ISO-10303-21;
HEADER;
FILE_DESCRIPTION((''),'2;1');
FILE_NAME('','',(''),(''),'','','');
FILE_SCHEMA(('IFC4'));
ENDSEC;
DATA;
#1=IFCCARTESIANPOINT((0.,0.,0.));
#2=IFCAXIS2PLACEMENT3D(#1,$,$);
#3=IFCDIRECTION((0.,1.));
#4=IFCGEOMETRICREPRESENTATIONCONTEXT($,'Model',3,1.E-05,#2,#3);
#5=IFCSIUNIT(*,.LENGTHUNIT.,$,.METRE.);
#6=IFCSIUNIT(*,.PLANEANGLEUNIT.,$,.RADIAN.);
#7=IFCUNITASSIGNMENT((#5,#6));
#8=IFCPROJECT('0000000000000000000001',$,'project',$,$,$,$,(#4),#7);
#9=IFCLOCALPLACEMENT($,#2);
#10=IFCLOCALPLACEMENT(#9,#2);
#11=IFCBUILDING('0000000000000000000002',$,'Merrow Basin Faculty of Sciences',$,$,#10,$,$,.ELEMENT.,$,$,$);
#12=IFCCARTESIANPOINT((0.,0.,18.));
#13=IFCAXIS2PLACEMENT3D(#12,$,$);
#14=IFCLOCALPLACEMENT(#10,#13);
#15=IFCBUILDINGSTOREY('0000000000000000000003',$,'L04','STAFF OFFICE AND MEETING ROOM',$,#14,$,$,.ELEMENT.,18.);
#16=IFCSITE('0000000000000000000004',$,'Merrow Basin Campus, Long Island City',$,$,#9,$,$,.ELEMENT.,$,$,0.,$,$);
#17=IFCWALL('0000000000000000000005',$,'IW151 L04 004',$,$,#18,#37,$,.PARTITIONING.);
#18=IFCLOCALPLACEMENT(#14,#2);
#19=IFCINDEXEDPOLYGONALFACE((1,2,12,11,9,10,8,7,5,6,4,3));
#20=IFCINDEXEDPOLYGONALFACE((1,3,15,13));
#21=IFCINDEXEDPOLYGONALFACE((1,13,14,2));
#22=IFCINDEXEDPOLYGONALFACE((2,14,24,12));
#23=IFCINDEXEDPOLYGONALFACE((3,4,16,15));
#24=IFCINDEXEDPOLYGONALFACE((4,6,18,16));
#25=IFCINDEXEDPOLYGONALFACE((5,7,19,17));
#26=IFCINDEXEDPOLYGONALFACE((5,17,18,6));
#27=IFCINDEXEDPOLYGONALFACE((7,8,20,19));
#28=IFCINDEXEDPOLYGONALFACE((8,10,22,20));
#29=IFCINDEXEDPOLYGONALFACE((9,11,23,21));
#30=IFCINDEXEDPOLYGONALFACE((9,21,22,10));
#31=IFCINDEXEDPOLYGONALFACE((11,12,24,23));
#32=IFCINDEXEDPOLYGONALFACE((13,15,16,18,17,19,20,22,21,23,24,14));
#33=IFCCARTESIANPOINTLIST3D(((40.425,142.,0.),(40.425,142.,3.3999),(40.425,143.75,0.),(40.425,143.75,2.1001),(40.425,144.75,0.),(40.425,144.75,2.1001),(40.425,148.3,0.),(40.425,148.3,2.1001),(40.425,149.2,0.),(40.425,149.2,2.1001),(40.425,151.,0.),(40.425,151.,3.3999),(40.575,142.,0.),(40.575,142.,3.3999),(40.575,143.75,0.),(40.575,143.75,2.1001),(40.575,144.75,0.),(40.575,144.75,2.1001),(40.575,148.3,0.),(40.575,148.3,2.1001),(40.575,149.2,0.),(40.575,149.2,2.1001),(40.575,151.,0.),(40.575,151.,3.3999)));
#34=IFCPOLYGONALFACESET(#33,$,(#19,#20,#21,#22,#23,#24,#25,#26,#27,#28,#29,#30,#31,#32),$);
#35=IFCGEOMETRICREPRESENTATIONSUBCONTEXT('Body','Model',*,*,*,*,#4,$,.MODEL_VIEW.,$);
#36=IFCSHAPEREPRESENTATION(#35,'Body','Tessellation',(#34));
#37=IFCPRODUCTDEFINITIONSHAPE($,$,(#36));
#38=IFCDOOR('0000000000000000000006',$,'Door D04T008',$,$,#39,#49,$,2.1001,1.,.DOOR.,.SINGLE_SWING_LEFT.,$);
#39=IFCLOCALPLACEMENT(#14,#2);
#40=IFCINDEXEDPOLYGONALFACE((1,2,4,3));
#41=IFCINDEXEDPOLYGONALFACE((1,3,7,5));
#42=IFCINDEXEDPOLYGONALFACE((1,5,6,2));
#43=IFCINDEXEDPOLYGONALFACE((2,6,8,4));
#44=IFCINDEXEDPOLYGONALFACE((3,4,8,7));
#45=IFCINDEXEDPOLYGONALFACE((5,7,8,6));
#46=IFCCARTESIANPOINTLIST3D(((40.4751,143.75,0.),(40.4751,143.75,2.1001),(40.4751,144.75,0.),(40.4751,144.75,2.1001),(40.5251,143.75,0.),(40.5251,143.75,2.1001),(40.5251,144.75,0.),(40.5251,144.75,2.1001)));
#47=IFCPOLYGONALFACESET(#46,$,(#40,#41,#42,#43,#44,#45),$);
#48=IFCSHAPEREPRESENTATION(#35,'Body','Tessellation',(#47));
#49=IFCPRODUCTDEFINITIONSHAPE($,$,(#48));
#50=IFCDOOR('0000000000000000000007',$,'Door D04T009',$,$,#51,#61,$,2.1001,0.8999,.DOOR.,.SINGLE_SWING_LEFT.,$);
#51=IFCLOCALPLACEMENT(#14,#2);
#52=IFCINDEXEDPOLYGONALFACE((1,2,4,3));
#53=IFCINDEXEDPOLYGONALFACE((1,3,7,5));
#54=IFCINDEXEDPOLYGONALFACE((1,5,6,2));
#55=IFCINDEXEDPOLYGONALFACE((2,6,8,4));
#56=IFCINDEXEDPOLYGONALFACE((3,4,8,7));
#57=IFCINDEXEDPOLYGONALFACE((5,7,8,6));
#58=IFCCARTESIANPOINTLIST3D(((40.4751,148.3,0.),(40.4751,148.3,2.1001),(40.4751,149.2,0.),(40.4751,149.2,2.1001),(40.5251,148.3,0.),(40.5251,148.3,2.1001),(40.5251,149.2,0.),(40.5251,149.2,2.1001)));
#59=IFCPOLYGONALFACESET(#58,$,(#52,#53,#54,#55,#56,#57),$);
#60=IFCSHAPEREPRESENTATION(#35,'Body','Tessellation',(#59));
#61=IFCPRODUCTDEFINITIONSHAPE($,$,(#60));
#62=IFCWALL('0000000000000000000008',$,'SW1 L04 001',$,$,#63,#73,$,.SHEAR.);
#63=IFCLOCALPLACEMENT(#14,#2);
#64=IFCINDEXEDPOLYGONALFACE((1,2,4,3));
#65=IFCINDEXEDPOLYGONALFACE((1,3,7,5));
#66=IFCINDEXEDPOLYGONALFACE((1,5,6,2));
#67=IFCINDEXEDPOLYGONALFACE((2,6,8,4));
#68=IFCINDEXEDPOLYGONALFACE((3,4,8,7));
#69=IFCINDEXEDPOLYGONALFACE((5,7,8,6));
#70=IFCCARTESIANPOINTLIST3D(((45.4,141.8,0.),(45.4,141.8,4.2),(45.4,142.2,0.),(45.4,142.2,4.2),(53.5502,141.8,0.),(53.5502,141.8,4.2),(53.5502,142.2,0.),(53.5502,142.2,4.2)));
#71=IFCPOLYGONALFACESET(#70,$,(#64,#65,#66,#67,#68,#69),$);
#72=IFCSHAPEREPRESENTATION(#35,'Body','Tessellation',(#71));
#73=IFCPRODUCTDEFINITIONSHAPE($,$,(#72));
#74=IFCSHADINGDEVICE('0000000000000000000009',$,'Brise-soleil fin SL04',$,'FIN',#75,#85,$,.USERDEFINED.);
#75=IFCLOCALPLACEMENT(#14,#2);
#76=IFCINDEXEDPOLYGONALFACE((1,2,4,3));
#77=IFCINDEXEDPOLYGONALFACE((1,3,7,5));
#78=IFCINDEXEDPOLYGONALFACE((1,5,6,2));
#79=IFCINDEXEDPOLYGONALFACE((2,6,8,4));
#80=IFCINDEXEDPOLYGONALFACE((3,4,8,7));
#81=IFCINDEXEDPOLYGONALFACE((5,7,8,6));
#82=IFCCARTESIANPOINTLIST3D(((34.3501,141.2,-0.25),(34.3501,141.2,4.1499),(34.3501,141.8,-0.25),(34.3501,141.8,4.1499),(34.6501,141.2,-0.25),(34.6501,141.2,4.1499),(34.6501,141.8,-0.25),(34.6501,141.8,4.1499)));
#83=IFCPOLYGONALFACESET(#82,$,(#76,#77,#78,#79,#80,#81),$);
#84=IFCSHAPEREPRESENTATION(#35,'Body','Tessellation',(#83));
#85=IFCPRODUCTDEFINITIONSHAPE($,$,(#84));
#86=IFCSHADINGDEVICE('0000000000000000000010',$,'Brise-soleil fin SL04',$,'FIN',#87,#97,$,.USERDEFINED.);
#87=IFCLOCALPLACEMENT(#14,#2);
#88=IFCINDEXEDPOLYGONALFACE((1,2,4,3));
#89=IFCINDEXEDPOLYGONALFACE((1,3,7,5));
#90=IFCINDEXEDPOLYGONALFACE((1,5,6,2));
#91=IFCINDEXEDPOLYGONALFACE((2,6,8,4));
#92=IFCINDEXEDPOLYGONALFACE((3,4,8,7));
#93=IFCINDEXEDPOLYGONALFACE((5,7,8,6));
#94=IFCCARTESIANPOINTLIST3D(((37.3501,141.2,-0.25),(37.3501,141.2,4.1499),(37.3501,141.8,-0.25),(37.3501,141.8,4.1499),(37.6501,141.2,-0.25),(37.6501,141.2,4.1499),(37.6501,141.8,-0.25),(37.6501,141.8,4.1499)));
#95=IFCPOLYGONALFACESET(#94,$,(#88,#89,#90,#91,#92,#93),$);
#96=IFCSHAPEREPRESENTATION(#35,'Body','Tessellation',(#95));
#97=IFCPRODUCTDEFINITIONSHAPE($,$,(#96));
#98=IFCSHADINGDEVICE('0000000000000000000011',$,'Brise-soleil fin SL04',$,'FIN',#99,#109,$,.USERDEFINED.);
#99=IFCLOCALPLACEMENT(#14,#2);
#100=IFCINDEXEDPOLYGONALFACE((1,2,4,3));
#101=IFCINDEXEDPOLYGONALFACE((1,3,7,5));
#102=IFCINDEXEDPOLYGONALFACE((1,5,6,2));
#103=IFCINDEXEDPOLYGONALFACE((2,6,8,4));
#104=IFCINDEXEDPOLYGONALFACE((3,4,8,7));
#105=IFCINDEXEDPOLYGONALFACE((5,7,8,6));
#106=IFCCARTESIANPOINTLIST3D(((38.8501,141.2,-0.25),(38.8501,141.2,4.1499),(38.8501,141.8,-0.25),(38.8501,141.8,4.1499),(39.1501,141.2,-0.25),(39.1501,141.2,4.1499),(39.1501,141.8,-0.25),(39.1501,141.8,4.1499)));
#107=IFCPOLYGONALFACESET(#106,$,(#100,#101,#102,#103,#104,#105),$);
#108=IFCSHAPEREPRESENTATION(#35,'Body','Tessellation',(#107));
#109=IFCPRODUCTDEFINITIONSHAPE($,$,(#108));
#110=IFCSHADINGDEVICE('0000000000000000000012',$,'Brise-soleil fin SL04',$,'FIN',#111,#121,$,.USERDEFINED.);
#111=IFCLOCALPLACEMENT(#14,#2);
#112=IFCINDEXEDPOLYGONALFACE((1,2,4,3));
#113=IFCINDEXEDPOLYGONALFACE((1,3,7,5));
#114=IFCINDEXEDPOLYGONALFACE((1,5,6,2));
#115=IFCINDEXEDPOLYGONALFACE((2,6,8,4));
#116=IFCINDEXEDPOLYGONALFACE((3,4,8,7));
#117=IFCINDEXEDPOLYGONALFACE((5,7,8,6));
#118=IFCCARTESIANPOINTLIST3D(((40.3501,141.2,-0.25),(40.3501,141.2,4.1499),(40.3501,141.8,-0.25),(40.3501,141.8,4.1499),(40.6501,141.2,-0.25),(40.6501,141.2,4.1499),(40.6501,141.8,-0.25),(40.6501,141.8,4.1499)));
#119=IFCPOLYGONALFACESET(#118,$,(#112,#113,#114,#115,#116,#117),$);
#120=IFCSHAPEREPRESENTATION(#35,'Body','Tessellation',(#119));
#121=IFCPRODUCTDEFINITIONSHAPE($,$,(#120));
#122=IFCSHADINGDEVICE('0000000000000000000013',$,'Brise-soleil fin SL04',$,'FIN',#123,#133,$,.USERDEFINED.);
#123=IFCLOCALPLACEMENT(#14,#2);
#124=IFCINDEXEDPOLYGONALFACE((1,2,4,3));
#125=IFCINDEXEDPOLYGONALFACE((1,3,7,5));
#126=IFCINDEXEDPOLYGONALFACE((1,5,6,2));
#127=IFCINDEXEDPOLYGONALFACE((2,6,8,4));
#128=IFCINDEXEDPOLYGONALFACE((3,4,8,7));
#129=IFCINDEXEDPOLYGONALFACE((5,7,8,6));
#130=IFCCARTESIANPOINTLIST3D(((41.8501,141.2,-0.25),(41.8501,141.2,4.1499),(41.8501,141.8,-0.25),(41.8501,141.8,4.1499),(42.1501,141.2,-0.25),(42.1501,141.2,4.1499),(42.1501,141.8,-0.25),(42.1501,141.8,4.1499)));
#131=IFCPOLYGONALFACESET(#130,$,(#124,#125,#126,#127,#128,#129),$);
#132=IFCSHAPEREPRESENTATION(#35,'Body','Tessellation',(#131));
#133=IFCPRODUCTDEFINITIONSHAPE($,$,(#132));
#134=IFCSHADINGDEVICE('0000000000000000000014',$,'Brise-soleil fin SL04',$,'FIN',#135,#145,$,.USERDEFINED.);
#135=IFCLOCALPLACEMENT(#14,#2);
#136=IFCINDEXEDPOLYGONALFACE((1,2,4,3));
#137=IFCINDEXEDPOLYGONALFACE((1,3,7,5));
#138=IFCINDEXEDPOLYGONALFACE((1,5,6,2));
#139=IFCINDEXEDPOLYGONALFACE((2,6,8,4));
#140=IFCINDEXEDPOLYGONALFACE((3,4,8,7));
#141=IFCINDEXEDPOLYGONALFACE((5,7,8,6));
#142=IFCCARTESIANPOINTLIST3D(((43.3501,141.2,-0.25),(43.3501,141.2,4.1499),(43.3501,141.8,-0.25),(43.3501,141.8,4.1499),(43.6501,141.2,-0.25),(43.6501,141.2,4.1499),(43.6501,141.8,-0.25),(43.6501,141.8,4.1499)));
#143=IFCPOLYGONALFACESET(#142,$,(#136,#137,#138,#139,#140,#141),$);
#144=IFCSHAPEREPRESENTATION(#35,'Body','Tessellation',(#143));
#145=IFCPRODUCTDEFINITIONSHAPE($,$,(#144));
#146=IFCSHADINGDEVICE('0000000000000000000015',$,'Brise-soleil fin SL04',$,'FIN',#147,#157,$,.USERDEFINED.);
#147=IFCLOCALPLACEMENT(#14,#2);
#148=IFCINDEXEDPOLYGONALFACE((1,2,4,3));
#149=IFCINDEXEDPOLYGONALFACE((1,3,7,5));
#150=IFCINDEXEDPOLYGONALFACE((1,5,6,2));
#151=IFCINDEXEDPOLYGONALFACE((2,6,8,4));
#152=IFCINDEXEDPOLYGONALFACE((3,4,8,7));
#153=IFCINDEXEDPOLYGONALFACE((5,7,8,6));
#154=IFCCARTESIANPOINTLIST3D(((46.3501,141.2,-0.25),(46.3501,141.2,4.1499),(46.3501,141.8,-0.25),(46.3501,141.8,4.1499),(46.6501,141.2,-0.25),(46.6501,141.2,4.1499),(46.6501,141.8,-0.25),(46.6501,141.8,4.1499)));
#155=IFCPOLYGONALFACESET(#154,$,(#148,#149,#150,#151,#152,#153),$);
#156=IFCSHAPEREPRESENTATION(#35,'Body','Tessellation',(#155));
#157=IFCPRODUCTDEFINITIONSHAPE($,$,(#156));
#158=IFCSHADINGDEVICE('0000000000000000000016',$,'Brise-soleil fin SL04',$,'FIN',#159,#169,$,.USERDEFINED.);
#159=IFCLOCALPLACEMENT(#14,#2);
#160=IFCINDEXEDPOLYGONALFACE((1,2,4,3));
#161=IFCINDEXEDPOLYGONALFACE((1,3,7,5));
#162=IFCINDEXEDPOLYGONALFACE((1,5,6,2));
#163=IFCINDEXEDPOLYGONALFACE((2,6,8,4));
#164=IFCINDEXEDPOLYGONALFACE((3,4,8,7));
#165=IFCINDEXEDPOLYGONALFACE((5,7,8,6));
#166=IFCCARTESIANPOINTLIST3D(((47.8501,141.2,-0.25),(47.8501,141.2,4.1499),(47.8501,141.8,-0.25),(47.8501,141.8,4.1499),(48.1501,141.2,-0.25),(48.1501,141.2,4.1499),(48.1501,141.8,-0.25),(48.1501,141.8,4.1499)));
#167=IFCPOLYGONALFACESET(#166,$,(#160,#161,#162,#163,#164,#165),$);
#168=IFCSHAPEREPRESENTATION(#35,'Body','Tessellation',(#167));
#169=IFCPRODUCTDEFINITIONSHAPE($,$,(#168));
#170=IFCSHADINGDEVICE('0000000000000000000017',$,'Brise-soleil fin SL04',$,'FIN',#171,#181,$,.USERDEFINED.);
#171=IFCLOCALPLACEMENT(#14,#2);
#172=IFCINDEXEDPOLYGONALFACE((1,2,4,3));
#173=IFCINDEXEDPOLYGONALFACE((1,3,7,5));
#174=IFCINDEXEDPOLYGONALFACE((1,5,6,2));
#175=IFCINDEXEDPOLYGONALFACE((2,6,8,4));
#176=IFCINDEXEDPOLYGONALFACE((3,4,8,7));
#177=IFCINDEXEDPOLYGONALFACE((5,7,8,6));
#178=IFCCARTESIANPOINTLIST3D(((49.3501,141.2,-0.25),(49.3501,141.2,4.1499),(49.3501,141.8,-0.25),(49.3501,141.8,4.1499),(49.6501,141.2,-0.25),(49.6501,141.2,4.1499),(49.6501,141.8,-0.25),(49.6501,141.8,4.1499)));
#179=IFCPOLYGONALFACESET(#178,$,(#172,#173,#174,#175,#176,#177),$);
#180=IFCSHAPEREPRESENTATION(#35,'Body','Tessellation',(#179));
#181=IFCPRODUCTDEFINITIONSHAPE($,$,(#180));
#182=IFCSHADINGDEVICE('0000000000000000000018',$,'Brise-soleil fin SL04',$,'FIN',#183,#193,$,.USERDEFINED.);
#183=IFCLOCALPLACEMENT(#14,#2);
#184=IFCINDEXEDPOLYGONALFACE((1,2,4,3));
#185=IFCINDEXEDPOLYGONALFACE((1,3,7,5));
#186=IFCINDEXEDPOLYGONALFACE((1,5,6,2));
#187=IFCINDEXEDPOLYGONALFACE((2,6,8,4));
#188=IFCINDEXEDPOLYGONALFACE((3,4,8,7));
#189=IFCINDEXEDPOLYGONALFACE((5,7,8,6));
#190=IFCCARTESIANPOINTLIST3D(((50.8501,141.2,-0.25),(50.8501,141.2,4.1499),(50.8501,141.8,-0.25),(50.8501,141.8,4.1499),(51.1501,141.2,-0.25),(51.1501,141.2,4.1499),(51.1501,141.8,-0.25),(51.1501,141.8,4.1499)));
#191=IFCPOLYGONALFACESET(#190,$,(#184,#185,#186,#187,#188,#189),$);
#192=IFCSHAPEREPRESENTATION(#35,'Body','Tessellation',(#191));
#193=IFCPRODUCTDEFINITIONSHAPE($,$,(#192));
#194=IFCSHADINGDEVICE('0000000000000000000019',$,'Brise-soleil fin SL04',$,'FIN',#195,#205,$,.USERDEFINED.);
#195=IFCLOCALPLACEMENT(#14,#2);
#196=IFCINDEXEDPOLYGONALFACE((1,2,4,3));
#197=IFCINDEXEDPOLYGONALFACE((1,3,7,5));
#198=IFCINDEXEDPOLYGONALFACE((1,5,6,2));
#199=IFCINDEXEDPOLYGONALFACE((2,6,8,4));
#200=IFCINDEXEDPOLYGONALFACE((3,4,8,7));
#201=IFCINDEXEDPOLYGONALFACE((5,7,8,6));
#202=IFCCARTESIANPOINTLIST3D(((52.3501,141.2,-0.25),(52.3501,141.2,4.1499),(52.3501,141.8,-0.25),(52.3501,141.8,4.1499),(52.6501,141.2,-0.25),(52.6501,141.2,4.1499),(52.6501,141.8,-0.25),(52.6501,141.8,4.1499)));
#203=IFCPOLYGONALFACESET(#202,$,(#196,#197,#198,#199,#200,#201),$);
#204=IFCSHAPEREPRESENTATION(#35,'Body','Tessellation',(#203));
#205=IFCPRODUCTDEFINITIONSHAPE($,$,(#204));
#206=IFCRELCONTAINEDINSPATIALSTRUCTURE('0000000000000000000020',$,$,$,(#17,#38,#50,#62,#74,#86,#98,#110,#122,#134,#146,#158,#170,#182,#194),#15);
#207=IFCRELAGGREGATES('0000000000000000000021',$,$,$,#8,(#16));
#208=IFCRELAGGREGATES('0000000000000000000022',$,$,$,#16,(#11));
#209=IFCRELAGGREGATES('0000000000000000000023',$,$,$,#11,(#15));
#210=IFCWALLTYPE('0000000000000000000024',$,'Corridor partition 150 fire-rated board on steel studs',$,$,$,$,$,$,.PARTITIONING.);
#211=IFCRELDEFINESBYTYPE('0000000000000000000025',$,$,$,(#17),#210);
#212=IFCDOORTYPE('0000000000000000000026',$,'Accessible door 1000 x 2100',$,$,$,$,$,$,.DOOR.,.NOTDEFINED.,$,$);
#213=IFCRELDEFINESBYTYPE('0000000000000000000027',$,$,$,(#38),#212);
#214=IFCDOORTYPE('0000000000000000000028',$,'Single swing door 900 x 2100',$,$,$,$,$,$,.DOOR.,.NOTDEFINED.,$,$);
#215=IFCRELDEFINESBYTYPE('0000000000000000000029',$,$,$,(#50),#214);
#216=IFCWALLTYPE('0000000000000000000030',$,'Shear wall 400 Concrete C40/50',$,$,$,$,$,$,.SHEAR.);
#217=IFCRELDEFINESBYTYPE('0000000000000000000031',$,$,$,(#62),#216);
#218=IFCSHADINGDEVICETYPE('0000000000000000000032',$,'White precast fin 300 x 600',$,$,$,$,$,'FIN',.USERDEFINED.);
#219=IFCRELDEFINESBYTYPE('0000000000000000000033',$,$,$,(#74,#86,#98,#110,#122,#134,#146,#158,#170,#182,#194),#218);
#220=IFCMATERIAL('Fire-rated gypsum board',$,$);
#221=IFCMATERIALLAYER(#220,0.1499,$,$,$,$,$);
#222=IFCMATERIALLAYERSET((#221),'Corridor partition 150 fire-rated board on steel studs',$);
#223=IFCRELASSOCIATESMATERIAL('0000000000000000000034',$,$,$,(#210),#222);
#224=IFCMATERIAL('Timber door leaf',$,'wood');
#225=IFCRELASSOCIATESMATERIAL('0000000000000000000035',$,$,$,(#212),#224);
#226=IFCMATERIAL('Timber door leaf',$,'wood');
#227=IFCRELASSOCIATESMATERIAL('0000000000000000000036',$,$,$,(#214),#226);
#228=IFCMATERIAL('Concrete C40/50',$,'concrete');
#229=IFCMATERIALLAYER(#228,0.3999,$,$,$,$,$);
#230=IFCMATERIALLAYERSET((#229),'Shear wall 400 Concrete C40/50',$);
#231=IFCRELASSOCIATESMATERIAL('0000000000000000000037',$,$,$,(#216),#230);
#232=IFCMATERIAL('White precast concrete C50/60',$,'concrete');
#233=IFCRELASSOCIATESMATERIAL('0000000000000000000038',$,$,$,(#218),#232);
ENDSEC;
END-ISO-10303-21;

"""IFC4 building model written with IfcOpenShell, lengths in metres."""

from ifc_helpers import new_model, si_unit, direction, frame, frame_2d, origin, place, context, subcontext, project, spatial, polyline, rectangle, outline, extrude, source, transform, mapped, material, layer, layer_set, type_object, element, fill, save


model = new_model("IFC4")

# Units and contexts
model_context = context("Model", 3, precision=1e-05, world=origin(), true_north=direction((0.0, 1.0)))
body_context = subcontext(model_context, "Body", "Model", "MODEL_VIEW")
ifc_project = project(units=[si_unit("LENGTHUNIT", "METRE"), si_unit("PLANEANGLEUNIT", "RADIAN")], contexts=[model_context])

# Site, building, storey
site_placement = place(None, origin())
site = spatial("IfcSite", under=ifc_project, at=site_placement, Name="Merrow Basin Campus, Long Island City", CompositionType="ELEMENT", RefElevation=0.0)
building_placement = place(site_placement, origin())
building = spatial("IfcBuilding", under=site, at=building_placement, Name="Merrow Basin Faculty of Sciences", CompositionType="ELEMENT")
storey_placement = place(building_placement, frame((0.0, 0.0, 18.0)))
storey = spatial("IfcBuildingStorey", under=building, at=storey_placement, Name="L04", Description="STAFF OFFICE AND MEETING ROOM", CompositionType="ELEMENT", Elevation=18.0)

# Wall, openings, doors
ifc_material_1 = material(Name="Fire-rated gypsum board")
ifc_layer_1 = layer(ifc_material_1, 0.1499)
ifc_layer_set_1 = layer_set([ifc_layer_1], Name="Corridor partition 150 fire-rated board on steel studs")
wall_type_1 = type_object("IfcWallType", Name="Corridor partition 150 fire-rated board on steel studs", PredefinedType="PARTITIONING", material=ifc_layer_set_1)
wall_1_placement = place(storey_placement, frame((40.5, 142.0, 0.0), z_axis=(0.0, 0.0, 1.0), x_axis=(0.0, 1.0, 0.0)))
wall_1 = element("IfcWall", 1, at=wall_1_placement, inside=storey, type_object=wall_type_1, Name="IW151 L04 004", PredefinedType="PARTITIONING", context=body_context, shape_type="SweptSolid", body=[
    extrude(rectangle(XDim=9.0, YDim=0.1499, at=frame_2d((4.5, 0.0))), origin(), (0.0, 0.0, 1.0), 3.3999),
])
opening_1_placement = place(wall_1_placement, frame((1.75, 0.0, 0.0)))
opening_1 = element("IfcOpeningElement", 2, at=opening_1_placement, cuts=wall_1, PredefinedType="OPENING", context=body_context, shape_type="SweptSolid", body=[
    extrude(rectangle(XDim=1.0, YDim=2.1001, at=frame_2d((0.5, 1.05))), frame((0.0, 0.085, 0.0), z_axis=(0.0, -1.0, 0.0), x_axis=(1.0, 0.0, 0.0)), (0.0, 0.0, 1.0), 0.1699),
])
opening_2_placement = place(wall_1_placement, frame((6.3, 0.0, 0.0)))
opening_2 = element("IfcOpeningElement", 3, at=opening_2_placement, cuts=wall_1, PredefinedType="OPENING", context=body_context, shape_type="SweptSolid", body=[
    extrude(rectangle(XDim=0.8999, YDim=2.1001, at=frame_2d((0.45, 1.05))), frame((0.0, 0.085, 0.0), z_axis=(0.0, -1.0, 0.0), x_axis=(1.0, 0.0, 0.0)), (0.0, 0.0, 1.0), 0.1699),
])
ifc_material_2 = material(Name="Timber door leaf", Category="wood")
door_type_1 = type_object("IfcDoorType", Name="Accessible door 1000 x 2100", OperationType="NOTDEFINED", PredefinedType="DOOR", material=ifc_material_2)
door_1_placement = place(opening_1_placement, origin())
door_1 = element("IfcDoor", 4, at=door_1_placement, inside=storey, type_object=door_type_1, Name="Door D04T008", OperationType="SINGLE_SWING_LEFT", OverallHeight=2.1001, OverallWidth=1.0, PredefinedType="DOOR", context=body_context, shape_type="SweptSolid", body=[
    extrude(rectangle(XDim=1.0, YDim=2.1001, at=frame_2d((0.5, 1.05))), frame((0.0, 0.0249, 0.0), z_axis=(0.0, -1.0, 0.0), x_axis=(1.0, 0.0, 0.0)), (0.0, 0.0, 1.0), 0.05),
])
fill(opening_1, door_1)
ifc_material_3 = material(Name="Timber door leaf", Category="wood")
door_type_2 = type_object("IfcDoorType", Name="Single swing door 900 x 2100", OperationType="NOTDEFINED", PredefinedType="DOOR", material=ifc_material_3)
door_2_placement = place(opening_2_placement, origin())
door_2 = element("IfcDoor", 5, at=door_2_placement, inside=storey, type_object=door_type_2, Name="Door D04T009", OperationType="SINGLE_SWING_LEFT", OverallHeight=2.1001, OverallWidth=0.8999, PredefinedType="DOOR", context=body_context, shape_type="SweptSolid", body=[
    extrude(rectangle(XDim=0.8999, YDim=2.1001, at=frame_2d((0.45, 1.05))), frame((0.0, 0.0249, 0.0), z_axis=(0.0, -1.0, 0.0), x_axis=(1.0, 0.0, 0.0)), (0.0, 0.0, 1.0), 0.05),
])
fill(opening_2, door_2)

# Wall
ifc_material_4 = material(Name="Concrete C40/50", Category="concrete")
ifc_layer_2 = layer(ifc_material_4, 0.3999)
ifc_layer_set_2 = layer_set([ifc_layer_2], Name="Shear wall 400 Concrete C40/50")
wall_type_2 = type_object("IfcWallType", Name="Shear wall 400 Concrete C40/50", PredefinedType="SHEAR", material=ifc_layer_set_2)
wall_2_placement = place(storey_placement, frame((45.3999, 142.0, 0.0), z_axis=(0.0, 0.0, 1.0), x_axis=(1.0, 0.0, 0.0)))
element("IfcWall", 6, at=wall_2_placement, inside=storey, type_object=wall_type_2, Name="SW1 L04 001", PredefinedType="SHEAR", context=body_context, shape_type="SweptSolid", body=[
    extrude(rectangle(XDim=8.1501, YDim=0.3999, at=frame_2d((4.0752, 0.0))), origin(), (0.0, 0.0, 1.0), 4.2),
])

# Shading devices
ifc_material_5 = material(Name="White precast concrete C50/60", Category="concrete")
shading_device_type = type_object("IfcShadingDeviceType", Name="White precast fin 300 x 600", ElementType="FIN", PredefinedType="USERDEFINED", material=ifc_material_5)
shared_shape_1 = source(origin(), body_context, "Body", "SweptSolid", [
    extrude(outline(polyline([(0.0, 0.0), (0.3, 0.0), (0.3, 4.3999), (0.0, 4.3999), (0.0, 0.0)])), origin(), (0.0, 0.0, 1.0), 0.6001),
])
for number, where, z_axis, x_axis, name in (
    (7, (34.3501, 141.8, -0.25), (0.0, -1.0, 0.0), (1.0, 0.0, 0.0), "Brise-soleil fin SL04"),
    (8, (37.3501, 141.8, -0.25), (0.0, -1.0, 0.0), (1.0, 0.0, 0.0), "Brise-soleil fin SL04"),
    (9, (38.8501, 141.8, -0.25), (0.0, -1.0, 0.0), (1.0, 0.0, 0.0), "Brise-soleil fin SL04"),
    (10, (40.3501, 141.8, -0.25), (0.0, -1.0, 0.0), (1.0, 0.0, 0.0), "Brise-soleil fin SL04"),
    (11, (41.8501, 141.8, -0.25), (0.0, -1.0, 0.0), (1.0, 0.0, 0.0), "Brise-soleil fin SL04"),
    (12, (43.3501, 141.8, -0.25), (0.0, -1.0, 0.0), (1.0, 0.0, 0.0), "Brise-soleil fin SL04"),
    (13, (46.3501, 141.8, -0.25), (0.0, -1.0, 0.0), (1.0, 0.0, 0.0), "Brise-soleil fin SL04"),
    (14, (47.8501, 141.8, -0.25), (0.0, -1.0, 0.0), (1.0, 0.0, 0.0), "Brise-soleil fin SL04"),
    (15, (49.3501, 141.8, -0.25), (0.0, -1.0, 0.0), (1.0, 0.0, 0.0), "Brise-soleil fin SL04"),
    (16, (50.8501, 141.8, -0.25), (0.0, -1.0, 0.0), (1.0, 0.0, 0.0), "Brise-soleil fin SL04"),
    (17, (52.3501, 141.8, -0.25), (0.0, -1.0, 0.0), (1.0, 0.0, 0.0), "Brise-soleil fin SL04"),
):
    element("IfcShadingDevice", number, at=place(storey_placement, frame(where, z_axis=z_axis, x_axis=x_axis)), inside=storey, type_object=shading_device_type, Name=name, ObjectType="FIN", PredefinedType="USERDEFINED", context=body_context, shape_type="MappedRepresentation", body=[
        mapped(shared_shape_1, transform((0.0, 0.0, 0.0), scale=1.0)),
    ])

save(model, "model.ifc")
